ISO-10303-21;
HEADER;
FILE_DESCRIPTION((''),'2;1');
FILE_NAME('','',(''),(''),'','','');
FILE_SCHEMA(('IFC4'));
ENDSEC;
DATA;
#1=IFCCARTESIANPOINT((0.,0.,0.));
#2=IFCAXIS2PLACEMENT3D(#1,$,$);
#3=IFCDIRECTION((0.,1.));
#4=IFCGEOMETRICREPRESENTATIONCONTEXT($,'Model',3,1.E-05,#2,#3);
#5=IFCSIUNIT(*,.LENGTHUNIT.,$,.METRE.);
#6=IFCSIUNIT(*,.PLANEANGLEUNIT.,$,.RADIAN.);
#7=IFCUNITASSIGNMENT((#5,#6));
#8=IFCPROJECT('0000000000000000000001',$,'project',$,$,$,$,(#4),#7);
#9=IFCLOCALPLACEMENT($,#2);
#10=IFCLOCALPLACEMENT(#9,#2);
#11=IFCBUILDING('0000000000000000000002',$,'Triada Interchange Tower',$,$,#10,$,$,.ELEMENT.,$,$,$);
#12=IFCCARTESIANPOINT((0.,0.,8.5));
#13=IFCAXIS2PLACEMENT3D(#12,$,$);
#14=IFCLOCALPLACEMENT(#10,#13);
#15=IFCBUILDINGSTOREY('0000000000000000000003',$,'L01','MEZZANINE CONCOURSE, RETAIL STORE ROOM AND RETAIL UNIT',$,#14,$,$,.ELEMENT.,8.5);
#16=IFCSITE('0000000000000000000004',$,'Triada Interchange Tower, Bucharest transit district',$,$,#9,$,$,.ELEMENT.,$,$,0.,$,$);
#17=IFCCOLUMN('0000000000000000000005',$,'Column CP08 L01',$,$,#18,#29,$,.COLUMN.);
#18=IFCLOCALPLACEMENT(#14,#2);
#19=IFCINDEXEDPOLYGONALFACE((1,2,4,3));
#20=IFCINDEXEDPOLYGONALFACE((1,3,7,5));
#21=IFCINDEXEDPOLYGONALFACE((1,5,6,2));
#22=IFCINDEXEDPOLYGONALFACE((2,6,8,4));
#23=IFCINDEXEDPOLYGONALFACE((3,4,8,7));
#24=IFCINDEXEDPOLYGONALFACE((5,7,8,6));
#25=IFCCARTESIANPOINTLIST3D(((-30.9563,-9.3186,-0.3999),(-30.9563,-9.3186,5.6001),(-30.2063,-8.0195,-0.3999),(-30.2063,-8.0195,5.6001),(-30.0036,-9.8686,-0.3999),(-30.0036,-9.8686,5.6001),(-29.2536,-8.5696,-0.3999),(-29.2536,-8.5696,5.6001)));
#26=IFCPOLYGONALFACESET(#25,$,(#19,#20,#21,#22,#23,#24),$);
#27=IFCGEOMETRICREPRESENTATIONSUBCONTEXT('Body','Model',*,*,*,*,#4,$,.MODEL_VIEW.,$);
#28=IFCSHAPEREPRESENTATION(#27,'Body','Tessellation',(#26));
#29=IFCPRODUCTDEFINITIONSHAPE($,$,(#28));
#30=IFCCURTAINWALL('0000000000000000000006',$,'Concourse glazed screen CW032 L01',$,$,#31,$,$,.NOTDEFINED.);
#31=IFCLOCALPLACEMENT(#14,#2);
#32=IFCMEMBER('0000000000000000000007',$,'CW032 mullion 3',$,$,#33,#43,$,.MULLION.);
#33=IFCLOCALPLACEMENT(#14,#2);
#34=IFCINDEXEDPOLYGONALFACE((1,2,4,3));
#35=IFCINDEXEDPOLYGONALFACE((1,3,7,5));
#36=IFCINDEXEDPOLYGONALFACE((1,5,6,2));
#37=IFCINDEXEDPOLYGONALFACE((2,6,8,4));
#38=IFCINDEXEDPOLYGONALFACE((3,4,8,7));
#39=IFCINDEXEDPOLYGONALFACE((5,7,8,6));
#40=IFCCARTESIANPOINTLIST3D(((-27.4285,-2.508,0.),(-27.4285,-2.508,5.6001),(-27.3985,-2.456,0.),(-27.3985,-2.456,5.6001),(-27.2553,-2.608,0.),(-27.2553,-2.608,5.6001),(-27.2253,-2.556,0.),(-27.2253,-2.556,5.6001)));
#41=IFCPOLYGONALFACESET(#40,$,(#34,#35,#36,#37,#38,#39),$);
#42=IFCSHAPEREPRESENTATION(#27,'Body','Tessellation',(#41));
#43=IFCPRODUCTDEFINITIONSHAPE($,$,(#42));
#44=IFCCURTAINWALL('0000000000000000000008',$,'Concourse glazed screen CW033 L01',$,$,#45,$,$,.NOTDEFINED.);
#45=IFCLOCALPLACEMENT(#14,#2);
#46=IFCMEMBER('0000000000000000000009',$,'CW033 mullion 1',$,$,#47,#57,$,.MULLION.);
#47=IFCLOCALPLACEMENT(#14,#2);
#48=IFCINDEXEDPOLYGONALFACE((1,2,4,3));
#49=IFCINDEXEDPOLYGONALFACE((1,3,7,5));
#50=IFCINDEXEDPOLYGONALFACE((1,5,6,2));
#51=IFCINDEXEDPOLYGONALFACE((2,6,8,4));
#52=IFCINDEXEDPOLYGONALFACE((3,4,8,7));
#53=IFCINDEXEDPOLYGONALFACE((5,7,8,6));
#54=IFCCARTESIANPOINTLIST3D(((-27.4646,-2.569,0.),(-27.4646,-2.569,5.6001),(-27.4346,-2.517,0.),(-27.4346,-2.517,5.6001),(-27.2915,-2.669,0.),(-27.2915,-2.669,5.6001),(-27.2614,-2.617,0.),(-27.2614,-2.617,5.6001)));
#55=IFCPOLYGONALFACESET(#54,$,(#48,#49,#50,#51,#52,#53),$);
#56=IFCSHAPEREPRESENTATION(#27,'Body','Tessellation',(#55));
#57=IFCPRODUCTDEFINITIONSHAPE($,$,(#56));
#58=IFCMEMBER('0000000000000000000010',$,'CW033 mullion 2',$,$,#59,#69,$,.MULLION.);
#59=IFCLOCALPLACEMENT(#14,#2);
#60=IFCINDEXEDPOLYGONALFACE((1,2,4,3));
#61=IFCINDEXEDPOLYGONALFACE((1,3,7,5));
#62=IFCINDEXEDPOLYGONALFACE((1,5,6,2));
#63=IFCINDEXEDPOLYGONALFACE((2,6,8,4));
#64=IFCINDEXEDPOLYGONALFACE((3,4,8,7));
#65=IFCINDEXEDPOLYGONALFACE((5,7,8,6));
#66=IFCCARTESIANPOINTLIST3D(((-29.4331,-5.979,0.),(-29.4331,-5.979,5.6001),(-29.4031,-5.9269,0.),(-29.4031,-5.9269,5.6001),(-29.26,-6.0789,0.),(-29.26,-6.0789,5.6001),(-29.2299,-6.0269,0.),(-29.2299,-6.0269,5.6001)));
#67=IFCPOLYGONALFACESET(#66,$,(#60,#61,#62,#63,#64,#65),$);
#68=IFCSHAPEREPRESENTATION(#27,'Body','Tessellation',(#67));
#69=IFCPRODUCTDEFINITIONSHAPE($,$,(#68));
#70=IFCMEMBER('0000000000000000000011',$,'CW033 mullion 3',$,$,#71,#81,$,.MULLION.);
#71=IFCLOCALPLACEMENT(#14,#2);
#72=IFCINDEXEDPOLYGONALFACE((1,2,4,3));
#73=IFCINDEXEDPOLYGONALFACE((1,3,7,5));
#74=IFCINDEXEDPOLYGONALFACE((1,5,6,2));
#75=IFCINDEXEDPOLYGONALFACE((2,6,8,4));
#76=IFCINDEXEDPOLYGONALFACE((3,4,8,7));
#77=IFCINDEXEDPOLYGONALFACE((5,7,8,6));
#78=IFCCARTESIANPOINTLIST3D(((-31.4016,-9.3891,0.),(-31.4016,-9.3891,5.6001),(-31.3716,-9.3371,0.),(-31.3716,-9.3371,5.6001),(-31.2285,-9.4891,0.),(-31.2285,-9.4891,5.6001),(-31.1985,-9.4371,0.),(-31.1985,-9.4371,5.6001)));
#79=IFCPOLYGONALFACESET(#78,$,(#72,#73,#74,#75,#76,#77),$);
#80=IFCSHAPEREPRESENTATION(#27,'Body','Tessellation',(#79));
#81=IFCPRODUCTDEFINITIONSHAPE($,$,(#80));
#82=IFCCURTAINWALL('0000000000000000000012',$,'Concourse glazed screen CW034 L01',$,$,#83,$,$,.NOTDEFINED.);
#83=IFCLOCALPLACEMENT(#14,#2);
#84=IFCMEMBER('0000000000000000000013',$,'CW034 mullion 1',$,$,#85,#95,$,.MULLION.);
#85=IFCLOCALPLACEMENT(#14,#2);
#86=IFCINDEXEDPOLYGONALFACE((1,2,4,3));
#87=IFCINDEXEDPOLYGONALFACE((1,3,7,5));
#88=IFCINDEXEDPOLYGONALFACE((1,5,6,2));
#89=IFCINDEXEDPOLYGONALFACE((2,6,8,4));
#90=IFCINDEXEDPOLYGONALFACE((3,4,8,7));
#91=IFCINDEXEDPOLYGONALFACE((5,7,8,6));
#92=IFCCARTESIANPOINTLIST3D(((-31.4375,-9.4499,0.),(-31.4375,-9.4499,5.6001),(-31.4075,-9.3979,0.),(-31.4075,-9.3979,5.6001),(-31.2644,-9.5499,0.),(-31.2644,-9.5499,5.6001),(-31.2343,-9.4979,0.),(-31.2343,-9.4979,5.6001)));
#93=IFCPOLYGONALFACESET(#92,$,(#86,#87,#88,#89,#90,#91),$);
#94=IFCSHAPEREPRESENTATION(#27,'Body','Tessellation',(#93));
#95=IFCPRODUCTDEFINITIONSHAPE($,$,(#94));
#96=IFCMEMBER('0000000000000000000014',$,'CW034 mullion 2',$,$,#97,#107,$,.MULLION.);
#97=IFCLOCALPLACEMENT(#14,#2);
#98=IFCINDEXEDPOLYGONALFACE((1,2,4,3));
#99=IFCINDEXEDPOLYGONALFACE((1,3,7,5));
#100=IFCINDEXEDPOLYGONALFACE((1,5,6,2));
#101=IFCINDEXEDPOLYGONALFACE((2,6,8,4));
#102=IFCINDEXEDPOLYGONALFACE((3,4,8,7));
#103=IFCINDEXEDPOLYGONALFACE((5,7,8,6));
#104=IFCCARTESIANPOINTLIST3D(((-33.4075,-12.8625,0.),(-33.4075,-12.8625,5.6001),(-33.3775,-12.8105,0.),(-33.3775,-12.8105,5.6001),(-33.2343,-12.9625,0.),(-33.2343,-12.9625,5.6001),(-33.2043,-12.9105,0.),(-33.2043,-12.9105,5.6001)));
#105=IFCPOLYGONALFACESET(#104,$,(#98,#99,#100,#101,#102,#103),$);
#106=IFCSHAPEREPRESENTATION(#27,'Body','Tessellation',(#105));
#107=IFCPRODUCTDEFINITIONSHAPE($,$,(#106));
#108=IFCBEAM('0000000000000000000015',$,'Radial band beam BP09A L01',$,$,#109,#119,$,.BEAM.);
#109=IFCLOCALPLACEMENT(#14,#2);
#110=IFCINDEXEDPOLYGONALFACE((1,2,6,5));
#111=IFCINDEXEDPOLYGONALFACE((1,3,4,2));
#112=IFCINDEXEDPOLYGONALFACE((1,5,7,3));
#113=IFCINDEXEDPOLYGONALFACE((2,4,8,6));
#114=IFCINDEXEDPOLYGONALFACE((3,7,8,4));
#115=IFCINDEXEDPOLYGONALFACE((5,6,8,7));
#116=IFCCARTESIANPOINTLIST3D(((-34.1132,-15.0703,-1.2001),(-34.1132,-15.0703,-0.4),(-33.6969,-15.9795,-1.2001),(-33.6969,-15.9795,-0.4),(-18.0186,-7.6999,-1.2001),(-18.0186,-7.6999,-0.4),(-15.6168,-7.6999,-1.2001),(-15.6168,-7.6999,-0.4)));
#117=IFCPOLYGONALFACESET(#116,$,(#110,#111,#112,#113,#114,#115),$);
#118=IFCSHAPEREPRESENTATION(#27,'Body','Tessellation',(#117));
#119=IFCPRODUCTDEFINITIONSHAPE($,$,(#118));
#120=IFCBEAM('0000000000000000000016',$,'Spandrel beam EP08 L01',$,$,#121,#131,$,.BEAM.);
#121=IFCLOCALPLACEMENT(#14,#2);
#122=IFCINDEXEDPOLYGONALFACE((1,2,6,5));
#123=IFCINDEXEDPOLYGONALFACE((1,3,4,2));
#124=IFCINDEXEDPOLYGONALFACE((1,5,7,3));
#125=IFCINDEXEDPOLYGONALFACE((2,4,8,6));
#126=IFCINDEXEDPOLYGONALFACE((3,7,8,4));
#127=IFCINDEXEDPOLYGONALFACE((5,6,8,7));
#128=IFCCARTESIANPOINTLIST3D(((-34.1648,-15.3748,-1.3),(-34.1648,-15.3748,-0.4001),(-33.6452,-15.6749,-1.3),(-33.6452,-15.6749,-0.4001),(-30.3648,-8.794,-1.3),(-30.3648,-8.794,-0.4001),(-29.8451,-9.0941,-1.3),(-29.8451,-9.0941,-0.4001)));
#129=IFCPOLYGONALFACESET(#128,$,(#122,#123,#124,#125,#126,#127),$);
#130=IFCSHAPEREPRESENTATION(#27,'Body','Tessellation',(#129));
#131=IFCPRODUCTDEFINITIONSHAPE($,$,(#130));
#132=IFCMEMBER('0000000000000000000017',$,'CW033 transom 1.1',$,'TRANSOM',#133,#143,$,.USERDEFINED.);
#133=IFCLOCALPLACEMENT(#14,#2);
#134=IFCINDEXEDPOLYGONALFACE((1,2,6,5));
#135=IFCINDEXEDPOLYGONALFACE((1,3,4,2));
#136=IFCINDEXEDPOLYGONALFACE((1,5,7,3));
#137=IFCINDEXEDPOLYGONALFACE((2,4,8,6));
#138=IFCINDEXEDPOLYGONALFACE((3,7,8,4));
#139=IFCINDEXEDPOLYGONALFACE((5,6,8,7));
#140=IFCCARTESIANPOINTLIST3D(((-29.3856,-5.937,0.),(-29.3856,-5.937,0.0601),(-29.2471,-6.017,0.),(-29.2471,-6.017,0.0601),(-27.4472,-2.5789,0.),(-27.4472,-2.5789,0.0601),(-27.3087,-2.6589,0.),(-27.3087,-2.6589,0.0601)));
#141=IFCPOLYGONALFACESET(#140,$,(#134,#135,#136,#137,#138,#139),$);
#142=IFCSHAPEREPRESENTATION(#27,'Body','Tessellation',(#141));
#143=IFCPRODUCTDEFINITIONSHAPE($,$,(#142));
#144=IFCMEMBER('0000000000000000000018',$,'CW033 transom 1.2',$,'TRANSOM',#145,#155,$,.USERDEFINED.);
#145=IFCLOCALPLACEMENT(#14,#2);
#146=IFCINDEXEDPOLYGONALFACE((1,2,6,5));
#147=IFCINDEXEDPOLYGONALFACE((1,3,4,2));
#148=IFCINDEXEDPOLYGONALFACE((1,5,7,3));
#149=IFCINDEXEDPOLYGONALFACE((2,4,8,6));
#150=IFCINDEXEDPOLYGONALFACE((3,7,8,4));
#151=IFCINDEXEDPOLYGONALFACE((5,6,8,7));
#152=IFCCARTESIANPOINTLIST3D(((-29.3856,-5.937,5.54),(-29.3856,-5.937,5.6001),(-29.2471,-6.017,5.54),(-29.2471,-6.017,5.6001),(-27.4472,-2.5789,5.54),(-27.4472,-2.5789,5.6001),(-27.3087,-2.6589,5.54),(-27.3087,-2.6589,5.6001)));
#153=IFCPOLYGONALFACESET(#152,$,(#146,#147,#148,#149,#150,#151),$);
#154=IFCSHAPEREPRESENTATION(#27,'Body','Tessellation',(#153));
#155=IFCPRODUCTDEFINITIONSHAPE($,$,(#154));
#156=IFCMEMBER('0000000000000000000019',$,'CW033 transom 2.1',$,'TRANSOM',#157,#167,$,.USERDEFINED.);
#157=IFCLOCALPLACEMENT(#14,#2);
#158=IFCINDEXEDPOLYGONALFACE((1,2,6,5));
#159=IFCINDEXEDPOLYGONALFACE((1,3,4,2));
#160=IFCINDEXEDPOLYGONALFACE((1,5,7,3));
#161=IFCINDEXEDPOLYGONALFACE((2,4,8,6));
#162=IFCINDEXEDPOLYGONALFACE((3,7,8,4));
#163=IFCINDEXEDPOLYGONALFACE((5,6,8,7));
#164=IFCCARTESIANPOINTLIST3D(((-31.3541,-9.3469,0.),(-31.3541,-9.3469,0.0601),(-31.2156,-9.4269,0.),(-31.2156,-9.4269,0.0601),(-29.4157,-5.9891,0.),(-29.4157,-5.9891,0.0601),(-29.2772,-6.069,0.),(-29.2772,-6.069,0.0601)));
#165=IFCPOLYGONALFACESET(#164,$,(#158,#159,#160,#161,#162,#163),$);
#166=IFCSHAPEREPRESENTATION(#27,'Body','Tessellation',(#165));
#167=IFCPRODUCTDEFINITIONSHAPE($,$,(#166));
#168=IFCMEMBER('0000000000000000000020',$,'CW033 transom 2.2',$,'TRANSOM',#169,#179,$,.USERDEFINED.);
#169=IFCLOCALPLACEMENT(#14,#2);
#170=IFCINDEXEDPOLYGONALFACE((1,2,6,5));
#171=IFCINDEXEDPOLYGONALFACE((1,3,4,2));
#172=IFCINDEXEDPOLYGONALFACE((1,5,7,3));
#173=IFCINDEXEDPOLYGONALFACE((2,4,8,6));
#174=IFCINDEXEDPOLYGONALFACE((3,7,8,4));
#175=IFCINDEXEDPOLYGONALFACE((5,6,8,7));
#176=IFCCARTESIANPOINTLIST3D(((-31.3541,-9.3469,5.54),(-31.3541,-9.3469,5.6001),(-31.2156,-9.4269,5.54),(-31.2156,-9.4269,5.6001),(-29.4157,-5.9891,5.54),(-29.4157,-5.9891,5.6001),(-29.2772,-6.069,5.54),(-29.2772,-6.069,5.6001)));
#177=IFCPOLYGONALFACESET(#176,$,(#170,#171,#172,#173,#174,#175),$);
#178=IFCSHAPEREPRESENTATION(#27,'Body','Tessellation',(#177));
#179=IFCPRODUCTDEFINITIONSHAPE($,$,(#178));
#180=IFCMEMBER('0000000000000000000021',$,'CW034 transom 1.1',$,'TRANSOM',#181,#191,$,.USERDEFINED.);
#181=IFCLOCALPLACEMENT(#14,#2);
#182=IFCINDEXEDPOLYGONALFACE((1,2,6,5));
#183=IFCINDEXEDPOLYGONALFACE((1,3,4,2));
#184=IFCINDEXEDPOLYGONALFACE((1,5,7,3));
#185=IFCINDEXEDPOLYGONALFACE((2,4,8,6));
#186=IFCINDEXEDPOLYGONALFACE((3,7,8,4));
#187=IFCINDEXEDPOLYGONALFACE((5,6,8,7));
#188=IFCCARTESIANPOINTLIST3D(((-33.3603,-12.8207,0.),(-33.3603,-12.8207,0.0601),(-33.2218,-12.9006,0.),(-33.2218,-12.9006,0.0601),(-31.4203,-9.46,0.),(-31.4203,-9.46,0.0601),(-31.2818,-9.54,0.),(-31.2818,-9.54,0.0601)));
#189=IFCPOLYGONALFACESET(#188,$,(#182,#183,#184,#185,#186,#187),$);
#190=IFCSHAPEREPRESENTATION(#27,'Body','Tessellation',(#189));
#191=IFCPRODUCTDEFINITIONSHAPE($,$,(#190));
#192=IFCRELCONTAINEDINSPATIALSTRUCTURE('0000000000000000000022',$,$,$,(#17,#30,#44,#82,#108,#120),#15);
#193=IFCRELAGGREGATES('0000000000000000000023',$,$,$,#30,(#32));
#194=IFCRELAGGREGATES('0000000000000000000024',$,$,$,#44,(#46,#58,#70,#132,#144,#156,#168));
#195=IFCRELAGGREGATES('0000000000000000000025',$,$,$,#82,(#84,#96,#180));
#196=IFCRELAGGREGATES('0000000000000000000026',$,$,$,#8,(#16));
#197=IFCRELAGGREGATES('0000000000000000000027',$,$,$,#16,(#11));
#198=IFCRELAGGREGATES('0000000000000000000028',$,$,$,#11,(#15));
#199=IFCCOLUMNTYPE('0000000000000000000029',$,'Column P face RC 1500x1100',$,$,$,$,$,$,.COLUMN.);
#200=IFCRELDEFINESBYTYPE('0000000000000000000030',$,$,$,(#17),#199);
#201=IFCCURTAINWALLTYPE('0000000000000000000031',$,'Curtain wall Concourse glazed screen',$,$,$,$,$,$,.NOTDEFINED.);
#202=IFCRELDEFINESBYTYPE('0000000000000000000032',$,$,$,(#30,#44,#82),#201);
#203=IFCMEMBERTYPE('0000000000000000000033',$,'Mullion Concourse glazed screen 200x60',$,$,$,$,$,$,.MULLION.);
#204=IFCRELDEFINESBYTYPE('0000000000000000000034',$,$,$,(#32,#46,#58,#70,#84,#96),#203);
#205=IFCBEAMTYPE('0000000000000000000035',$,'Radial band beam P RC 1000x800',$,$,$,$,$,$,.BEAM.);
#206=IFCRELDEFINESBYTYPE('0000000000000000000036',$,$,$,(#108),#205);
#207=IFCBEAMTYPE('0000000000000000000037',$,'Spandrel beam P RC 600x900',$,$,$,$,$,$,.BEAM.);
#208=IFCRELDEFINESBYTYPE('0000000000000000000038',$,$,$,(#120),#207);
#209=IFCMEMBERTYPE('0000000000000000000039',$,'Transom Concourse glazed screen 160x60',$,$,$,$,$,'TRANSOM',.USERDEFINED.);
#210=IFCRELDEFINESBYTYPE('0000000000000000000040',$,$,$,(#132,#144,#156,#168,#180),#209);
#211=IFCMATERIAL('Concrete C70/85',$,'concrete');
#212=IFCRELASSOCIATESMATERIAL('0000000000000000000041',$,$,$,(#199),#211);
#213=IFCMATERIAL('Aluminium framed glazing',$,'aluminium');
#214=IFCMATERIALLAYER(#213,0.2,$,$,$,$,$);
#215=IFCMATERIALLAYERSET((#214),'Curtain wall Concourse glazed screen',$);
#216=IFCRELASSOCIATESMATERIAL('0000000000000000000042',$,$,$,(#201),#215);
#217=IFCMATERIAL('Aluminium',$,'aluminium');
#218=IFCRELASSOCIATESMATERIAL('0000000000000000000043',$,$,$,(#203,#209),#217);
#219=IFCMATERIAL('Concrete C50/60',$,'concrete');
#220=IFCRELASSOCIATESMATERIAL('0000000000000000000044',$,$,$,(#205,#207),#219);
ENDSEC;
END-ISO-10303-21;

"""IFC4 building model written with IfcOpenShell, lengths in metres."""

from ifc_helpers import new_model, si_unit, direction, frame, origin, origin_2d, place, context, subcontext, project, spatial, rectangle, extrude, clip, halfspace, material, layer, layer_set, material_profile, profile_set, type_object, element, aggregate, save


model = new_model("IFC4")

# Units and contexts
model_context = context("Model", 3, precision=1e-05, world=origin(), true_north=direction((0.0, 1.0)))
body_context = subcontext(model_context, "Body", "Model", "MODEL_VIEW")
ifc_project = project(units=[si_unit("LENGTHUNIT", "METRE"), si_unit("PLANEANGLEUNIT", "RADIAN")], contexts=[model_context])

# Site, building, storey
site_placement = place(None, origin())
site = spatial("IfcSite", under=ifc_project, at=site_placement, Name="Triada Interchange Tower, Bucharest transit district", CompositionType="ELEMENT", RefElevation=0.0)
building_placement = place(site_placement, origin())
building = spatial("IfcBuilding", under=site, at=building_placement, Name="Triada Interchange Tower", CompositionType="ELEMENT")
storey_placement = place(building_placement, frame((0.0, 0.0, 8.5)))
storey = spatial("IfcBuildingStorey", under=building, at=storey_placement, Name="L01", Description="MEZZANINE CONCOURSE, RETAIL STORE ROOM AND RETAIL UNIT", CompositionType="ELEMENT", Elevation=8.5)

# Column
ifc_material_1 = material(Name="Concrete C70/85", Category="concrete")
ifc_material_profile_1 = material_profile(ifc_material_1, rectangle(XDim=1.5, YDim=1.1001, at=origin_2d()), Name="RC 1500x1100")
ifc_profile_set_1 = profile_set([ifc_material_profile_1], Name="Concrete C70/85")
column_type = type_object("IfcColumnType", Name="Column P face RC 1500x1100", PredefinedType="COLUMN", material=ifc_profile_set_1)
column_placement = place(storey_placement, frame((-30.105, -8.9441, -0.3999), z_axis=(0.0, 0.0, 1.0), x_axis=(0.5, 0.866025, 0.0)))
element("IfcColumn", 1, at=column_placement, inside=storey, type_object=column_type, Name="Column CP08 L01", PredefinedType="COLUMN", context=body_context, shape_type="SweptSolid", body=[
    extrude(rectangle(XDim=1.5, YDim=1.1001, at=origin_2d()), origin(), (0.0, 0.0, 1.0), 6.0),
])

# Curtain wall, member
ifc_material_2 = material(Name="Aluminium framed glazing", Category="aluminium")
ifc_layer_1 = layer(ifc_material_2, 0.2)
ifc_layer_set_1 = layer_set([ifc_layer_1], Name="Curtain wall Concourse glazed screen")
curtain_wall_type = type_object("IfcCurtainWallType", Name="Curtain wall Concourse glazed screen", PredefinedType="NOTDEFINED", material=ifc_layer_set_1)
curtain_wall_1_placement = place(storey_placement, origin())
curtain_wall_1 = element("IfcCurtainWall", 2, at=curtain_wall_1_placement, inside=storey, type_object=curtain_wall_type, Name="Concourse glazed screen CW032 L01", PredefinedType="NOTDEFINED")
ifc_material_3 = material(Name="Aluminium", Category="aluminium")
ifc_material_profile_2 = material_profile(ifc_material_3, rectangle(XDim=0.2, YDim=0.0601, at=origin_2d()), Name="Aluminium mullion")
ifc_profile_set_2 = profile_set([ifc_material_profile_2], Name="Aluminium")
member_type_1 = type_object("IfcMemberType", Name="Mullion Concourse glazed screen 200x60", PredefinedType="MULLION", material=ifc_profile_set_2)
member_1_placement = place(storey_placement, frame((-27.3269, -2.532, 0.0), z_axis=(0.0, 0.0, 1.0), x_axis=(0.866055, -0.499948, 0.0)))
member_1 = element("IfcMember", 3, at=member_1_placement, type_object=member_type_1, Name="CW032 mullion 3", PredefinedType="MULLION", context=body_context, shape_type="SweptSolid", body=[
    extrude(rectangle(XDim=0.2, YDim=0.0601, at=origin_2d()), origin(), (0.0, 0.0, 1.0), 5.6001),
])
aggregate(curtain_wall_1, [member_1])

# Curtain walls, members
curtain_wall_2_placement = place(storey_placement, origin())
curtain_wall_2 = element("IfcCurtainWall", 4, at=curtain_wall_2_placement, inside=storey, type_object=curtain_wall_type, Name="Concourse glazed screen CW033 L01", PredefinedType="NOTDEFINED")
member_2_placement = place(storey_placement, frame((-27.363, -2.593, 0.0), z_axis=(0.0, 0.0, 1.0), x_axis=(0.866055, -0.499948, 0.0)))
member_2 = element("IfcMember", 5, at=member_2_placement, type_object=member_type_1, Name="CW033 mullion 1", PredefinedType="MULLION", context=body_context, shape_type="SweptSolid", body=[
    extrude(rectangle(XDim=0.2, YDim=0.0601, at=origin_2d()), origin(), (0.0, 0.0, 1.0), 5.6001),
])
member_3_placement = place(storey_placement, frame((-29.3315, -6.0029, 0.0), z_axis=(0.0, 0.0, 1.0), x_axis=(0.866055, -0.499948, 0.0)))
member_3 = element("IfcMember", 6, at=member_3_placement, type_object=member_type_1, Name="CW033 mullion 2", PredefinedType="MULLION", context=body_context, shape_type="SweptSolid", body=[
    extrude(rectangle(XDim=0.2, YDim=0.0601, at=origin_2d()), origin(), (0.0, 0.0, 1.0), 5.6001),
])
member_4_placement = place(storey_placement, frame((-31.3, -9.4131, 0.0), z_axis=(0.0, 0.0, 1.0), x_axis=(0.866055, -0.499948, 0.0)))
member_4 = element("IfcMember", 7, at=member_4_placement, type_object=member_type_1, Name="CW033 mullion 3", PredefinedType="MULLION", context=body_context, shape_type="SweptSolid", body=[
    extrude(rectangle(XDim=0.2, YDim=0.0601, at=origin_2d()), origin(), (0.0, 0.0, 1.0), 5.6001),
])
curtain_wall_3_placement = place(storey_placement, origin())
curtain_wall_3 = element("IfcCurtainWall", 8, at=curtain_wall_3_placement, inside=storey, type_object=curtain_wall_type, Name="Concourse glazed screen CW034 L01", PredefinedType="NOTDEFINED")
member_5_placement = place(storey_placement, frame((-31.3359, -9.4739, 0.0), z_axis=(0.0, 0.0, 1.0), x_axis=(0.866049, -0.499959, 0.0)))
member_5 = element("IfcMember", 9, at=member_5_placement, type_object=member_type_1, Name="CW034 mullion 1", PredefinedType="MULLION", context=body_context, shape_type="SweptSolid", body=[
    extrude(rectangle(XDim=0.2, YDim=0.0601, at=origin_2d()), origin(), (0.0, 0.0, 1.0), 5.6001),
])
member_6_placement = place(storey_placement, frame((-33.3059, -12.8865, 0.0), z_axis=(0.0, 0.0, 1.0), x_axis=(0.866049, -0.499959, 0.0)))
member_6 = element("IfcMember", 10, at=member_6_placement, type_object=member_type_1, Name="CW034 mullion 2", PredefinedType="MULLION", context=body_context, shape_type="SweptSolid", body=[
    extrude(rectangle(XDim=0.2, YDim=0.0601, at=origin_2d()), origin(), (0.0, 0.0, 1.0), 5.6001),
])

# Beams
ifc_material_4 = material(Name="Concrete C50/60", Category="concrete")
ifc_material_profile_3 = material_profile(ifc_material_4, rectangle(XDim=1.0, YDim=0.8, at=origin_2d()), Name="RC 1000x800")
ifc_profile_set_3 = profile_set([ifc_material_profile_3], Name="Concrete C50/60")
beam_type_1 = type_object("IfcBeamType", Name="Radial band beam P RC 1000x800", PredefinedType="BEAM", material=ifc_profile_set_3)
beam_1_placement = place(storey_placement, frame((-33.905, -15.5249, -0.8), z_axis=(0.909201, 0.416358, 0.0), x_axis=(-0.416358, 0.909201, 0.0)))
element("IfcBeam", 11, at=beam_1_placement, inside=storey, type_object=beam_type_1, Name="Radial band beam BP09A L01", PredefinedType="BEAM", context=body_context, shape_type="Clipping", body=[
    clip(extrude(rectangle(XDim=1.0, YDim=0.8, at=origin_2d()), origin(), (0.0, 0.0, 1.0), 20.2949), halfspace(frame((-0.7568, -7.7, 20.4465), z_axis=(0.909201, 0.0, 0.416358), x_axis=(0.0, -1.0, 0.0)), False)),
])
ifc_material_profile_4 = material_profile(ifc_material_4, rectangle(XDim=0.6001, YDim=0.8999, at=origin_2d()), Name="RC 600x900")
ifc_profile_set_4 = profile_set([ifc_material_profile_4], Name="Concrete C50/60")
beam_type_2 = type_object("IfcBeamType", Name="Spandrel beam P RC 600x900", PredefinedType="BEAM", material=ifc_profile_set_4)
beam_2_placement = place(storey_placement, frame((-30.105, -8.9441, -0.8501), z_axis=(-0.500061, -0.86599, 0.0), x_axis=(0.86599, -0.500061, 0.0)))
element("IfcBeam", 12, at=beam_2_placement, inside=storey, type_object=beam_type_2, Name="Spandrel beam EP08 L01", PredefinedType="BEAM", context=body_context, shape_type="SweptSolid", body=[
    extrude(rectangle(XDim=0.6001, YDim=0.8999, at=origin_2d()), origin(), (0.0, 0.0, 1.0), 7.5991),
])

# Members
ifc_material_profile_5 = material_profile(ifc_material_3, rectangle(XDim=0.1599, YDim=0.0601, at=origin_2d()), Name="Aluminium transom")
ifc_profile_set_5 = profile_set([ifc_material_profile_5], Name="Aluminium")
member_type_2 = type_object("IfcMemberType", Name="Transom Concourse glazed screen 160x60", ElementType="TRANSOM", PredefinedType="USERDEFINED", material=ifc_profile_set_5)
member_7_placement = place(storey_placement, frame((-27.3779, -2.6189, 0.03), z_axis=(-0.499931, -0.866065, 0.0), x_axis=(0.866065, -0.499931, 0.0)))
member_7 = element("IfcMember", 13, at=member_7_placement, type_object=member_type_2, Name="CW033 transom 1.1", ObjectType="TRANSOM", PredefinedType="USERDEFINED", context=body_context, shape_type="SweptSolid", body=[
    extrude(rectangle(XDim=0.1599, YDim=0.0601, at=origin_2d()), origin(), (0.0, 0.0, 1.0), 3.8774),
])
member_8_placement = place(storey_placement, frame((-27.3779, -2.6189, 5.5701), z_axis=(-0.499931, -0.866065, 0.0), x_axis=(0.866065, -0.499931, 0.0)))
member_8 = element("IfcMember", 14, at=member_8_placement, type_object=member_type_2, Name="CW033 transom 1.2", ObjectType="TRANSOM", PredefinedType="USERDEFINED", context=body_context, shape_type="SweptSolid", body=[
    extrude(rectangle(XDim=0.1599, YDim=0.0601, at=origin_2d()), origin(), (0.0, 0.0, 1.0), 3.8774),
])
member_9_placement = place(storey_placement, frame((-29.3464, -6.0291, 0.03), z_axis=(-0.499959, -0.866049, 0.0), x_axis=(0.866049, -0.499959, 0.0)))
member_9 = element("IfcMember", 15, at=member_9_placement, type_object=member_type_2, Name="CW033 transom 2.1", ObjectType="TRANSOM", PredefinedType="USERDEFINED", context=body_context, shape_type="SweptSolid", body=[
    extrude(rectangle(XDim=0.1599, YDim=0.0601, at=origin_2d()), origin(), (0.0, 0.0, 1.0), 3.8772),
])
member_10_placement = place(storey_placement, frame((-29.3464, -6.0291, 5.5701), z_axis=(-0.499959, -0.866049, 0.0), x_axis=(0.866049, -0.499959, 0.0)))
member_10 = element("IfcMember", 16, at=member_10_placement, type_object=member_type_2, Name="CW033 transom 2.2", ObjectType="TRANSOM", PredefinedType="USERDEFINED", context=body_context, shape_type="SweptSolid", body=[
    extrude(rectangle(XDim=0.1599, YDim=0.0601, at=origin_2d()), origin(), (0.0, 0.0, 1.0), 3.8772),
])
member_11_placement = place(storey_placement, frame((-31.3511, -9.5, 0.03), z_axis=(-0.499942, -0.866059, 0.0), x_axis=(0.866059, -0.499942, 0.0)))
member_11 = element("IfcMember", 17, at=member_11_placement, type_object=member_type_2, Name="CW034 transom 1.1", ObjectType="TRANSOM", PredefinedType="USERDEFINED", context=body_context, shape_type="SweptSolid", body=[
    extrude(rectangle(XDim=0.1599, YDim=0.0601, at=origin_2d()), origin(), (0.0, 0.0, 1.0), 3.8804),
])

aggregate(curtain_wall_2, [member_2, member_3, member_4, member_7, member_8, member_9, member_10])
aggregate(curtain_wall_3, [member_5, member_6, member_11])

save(model, "model.ifc")
